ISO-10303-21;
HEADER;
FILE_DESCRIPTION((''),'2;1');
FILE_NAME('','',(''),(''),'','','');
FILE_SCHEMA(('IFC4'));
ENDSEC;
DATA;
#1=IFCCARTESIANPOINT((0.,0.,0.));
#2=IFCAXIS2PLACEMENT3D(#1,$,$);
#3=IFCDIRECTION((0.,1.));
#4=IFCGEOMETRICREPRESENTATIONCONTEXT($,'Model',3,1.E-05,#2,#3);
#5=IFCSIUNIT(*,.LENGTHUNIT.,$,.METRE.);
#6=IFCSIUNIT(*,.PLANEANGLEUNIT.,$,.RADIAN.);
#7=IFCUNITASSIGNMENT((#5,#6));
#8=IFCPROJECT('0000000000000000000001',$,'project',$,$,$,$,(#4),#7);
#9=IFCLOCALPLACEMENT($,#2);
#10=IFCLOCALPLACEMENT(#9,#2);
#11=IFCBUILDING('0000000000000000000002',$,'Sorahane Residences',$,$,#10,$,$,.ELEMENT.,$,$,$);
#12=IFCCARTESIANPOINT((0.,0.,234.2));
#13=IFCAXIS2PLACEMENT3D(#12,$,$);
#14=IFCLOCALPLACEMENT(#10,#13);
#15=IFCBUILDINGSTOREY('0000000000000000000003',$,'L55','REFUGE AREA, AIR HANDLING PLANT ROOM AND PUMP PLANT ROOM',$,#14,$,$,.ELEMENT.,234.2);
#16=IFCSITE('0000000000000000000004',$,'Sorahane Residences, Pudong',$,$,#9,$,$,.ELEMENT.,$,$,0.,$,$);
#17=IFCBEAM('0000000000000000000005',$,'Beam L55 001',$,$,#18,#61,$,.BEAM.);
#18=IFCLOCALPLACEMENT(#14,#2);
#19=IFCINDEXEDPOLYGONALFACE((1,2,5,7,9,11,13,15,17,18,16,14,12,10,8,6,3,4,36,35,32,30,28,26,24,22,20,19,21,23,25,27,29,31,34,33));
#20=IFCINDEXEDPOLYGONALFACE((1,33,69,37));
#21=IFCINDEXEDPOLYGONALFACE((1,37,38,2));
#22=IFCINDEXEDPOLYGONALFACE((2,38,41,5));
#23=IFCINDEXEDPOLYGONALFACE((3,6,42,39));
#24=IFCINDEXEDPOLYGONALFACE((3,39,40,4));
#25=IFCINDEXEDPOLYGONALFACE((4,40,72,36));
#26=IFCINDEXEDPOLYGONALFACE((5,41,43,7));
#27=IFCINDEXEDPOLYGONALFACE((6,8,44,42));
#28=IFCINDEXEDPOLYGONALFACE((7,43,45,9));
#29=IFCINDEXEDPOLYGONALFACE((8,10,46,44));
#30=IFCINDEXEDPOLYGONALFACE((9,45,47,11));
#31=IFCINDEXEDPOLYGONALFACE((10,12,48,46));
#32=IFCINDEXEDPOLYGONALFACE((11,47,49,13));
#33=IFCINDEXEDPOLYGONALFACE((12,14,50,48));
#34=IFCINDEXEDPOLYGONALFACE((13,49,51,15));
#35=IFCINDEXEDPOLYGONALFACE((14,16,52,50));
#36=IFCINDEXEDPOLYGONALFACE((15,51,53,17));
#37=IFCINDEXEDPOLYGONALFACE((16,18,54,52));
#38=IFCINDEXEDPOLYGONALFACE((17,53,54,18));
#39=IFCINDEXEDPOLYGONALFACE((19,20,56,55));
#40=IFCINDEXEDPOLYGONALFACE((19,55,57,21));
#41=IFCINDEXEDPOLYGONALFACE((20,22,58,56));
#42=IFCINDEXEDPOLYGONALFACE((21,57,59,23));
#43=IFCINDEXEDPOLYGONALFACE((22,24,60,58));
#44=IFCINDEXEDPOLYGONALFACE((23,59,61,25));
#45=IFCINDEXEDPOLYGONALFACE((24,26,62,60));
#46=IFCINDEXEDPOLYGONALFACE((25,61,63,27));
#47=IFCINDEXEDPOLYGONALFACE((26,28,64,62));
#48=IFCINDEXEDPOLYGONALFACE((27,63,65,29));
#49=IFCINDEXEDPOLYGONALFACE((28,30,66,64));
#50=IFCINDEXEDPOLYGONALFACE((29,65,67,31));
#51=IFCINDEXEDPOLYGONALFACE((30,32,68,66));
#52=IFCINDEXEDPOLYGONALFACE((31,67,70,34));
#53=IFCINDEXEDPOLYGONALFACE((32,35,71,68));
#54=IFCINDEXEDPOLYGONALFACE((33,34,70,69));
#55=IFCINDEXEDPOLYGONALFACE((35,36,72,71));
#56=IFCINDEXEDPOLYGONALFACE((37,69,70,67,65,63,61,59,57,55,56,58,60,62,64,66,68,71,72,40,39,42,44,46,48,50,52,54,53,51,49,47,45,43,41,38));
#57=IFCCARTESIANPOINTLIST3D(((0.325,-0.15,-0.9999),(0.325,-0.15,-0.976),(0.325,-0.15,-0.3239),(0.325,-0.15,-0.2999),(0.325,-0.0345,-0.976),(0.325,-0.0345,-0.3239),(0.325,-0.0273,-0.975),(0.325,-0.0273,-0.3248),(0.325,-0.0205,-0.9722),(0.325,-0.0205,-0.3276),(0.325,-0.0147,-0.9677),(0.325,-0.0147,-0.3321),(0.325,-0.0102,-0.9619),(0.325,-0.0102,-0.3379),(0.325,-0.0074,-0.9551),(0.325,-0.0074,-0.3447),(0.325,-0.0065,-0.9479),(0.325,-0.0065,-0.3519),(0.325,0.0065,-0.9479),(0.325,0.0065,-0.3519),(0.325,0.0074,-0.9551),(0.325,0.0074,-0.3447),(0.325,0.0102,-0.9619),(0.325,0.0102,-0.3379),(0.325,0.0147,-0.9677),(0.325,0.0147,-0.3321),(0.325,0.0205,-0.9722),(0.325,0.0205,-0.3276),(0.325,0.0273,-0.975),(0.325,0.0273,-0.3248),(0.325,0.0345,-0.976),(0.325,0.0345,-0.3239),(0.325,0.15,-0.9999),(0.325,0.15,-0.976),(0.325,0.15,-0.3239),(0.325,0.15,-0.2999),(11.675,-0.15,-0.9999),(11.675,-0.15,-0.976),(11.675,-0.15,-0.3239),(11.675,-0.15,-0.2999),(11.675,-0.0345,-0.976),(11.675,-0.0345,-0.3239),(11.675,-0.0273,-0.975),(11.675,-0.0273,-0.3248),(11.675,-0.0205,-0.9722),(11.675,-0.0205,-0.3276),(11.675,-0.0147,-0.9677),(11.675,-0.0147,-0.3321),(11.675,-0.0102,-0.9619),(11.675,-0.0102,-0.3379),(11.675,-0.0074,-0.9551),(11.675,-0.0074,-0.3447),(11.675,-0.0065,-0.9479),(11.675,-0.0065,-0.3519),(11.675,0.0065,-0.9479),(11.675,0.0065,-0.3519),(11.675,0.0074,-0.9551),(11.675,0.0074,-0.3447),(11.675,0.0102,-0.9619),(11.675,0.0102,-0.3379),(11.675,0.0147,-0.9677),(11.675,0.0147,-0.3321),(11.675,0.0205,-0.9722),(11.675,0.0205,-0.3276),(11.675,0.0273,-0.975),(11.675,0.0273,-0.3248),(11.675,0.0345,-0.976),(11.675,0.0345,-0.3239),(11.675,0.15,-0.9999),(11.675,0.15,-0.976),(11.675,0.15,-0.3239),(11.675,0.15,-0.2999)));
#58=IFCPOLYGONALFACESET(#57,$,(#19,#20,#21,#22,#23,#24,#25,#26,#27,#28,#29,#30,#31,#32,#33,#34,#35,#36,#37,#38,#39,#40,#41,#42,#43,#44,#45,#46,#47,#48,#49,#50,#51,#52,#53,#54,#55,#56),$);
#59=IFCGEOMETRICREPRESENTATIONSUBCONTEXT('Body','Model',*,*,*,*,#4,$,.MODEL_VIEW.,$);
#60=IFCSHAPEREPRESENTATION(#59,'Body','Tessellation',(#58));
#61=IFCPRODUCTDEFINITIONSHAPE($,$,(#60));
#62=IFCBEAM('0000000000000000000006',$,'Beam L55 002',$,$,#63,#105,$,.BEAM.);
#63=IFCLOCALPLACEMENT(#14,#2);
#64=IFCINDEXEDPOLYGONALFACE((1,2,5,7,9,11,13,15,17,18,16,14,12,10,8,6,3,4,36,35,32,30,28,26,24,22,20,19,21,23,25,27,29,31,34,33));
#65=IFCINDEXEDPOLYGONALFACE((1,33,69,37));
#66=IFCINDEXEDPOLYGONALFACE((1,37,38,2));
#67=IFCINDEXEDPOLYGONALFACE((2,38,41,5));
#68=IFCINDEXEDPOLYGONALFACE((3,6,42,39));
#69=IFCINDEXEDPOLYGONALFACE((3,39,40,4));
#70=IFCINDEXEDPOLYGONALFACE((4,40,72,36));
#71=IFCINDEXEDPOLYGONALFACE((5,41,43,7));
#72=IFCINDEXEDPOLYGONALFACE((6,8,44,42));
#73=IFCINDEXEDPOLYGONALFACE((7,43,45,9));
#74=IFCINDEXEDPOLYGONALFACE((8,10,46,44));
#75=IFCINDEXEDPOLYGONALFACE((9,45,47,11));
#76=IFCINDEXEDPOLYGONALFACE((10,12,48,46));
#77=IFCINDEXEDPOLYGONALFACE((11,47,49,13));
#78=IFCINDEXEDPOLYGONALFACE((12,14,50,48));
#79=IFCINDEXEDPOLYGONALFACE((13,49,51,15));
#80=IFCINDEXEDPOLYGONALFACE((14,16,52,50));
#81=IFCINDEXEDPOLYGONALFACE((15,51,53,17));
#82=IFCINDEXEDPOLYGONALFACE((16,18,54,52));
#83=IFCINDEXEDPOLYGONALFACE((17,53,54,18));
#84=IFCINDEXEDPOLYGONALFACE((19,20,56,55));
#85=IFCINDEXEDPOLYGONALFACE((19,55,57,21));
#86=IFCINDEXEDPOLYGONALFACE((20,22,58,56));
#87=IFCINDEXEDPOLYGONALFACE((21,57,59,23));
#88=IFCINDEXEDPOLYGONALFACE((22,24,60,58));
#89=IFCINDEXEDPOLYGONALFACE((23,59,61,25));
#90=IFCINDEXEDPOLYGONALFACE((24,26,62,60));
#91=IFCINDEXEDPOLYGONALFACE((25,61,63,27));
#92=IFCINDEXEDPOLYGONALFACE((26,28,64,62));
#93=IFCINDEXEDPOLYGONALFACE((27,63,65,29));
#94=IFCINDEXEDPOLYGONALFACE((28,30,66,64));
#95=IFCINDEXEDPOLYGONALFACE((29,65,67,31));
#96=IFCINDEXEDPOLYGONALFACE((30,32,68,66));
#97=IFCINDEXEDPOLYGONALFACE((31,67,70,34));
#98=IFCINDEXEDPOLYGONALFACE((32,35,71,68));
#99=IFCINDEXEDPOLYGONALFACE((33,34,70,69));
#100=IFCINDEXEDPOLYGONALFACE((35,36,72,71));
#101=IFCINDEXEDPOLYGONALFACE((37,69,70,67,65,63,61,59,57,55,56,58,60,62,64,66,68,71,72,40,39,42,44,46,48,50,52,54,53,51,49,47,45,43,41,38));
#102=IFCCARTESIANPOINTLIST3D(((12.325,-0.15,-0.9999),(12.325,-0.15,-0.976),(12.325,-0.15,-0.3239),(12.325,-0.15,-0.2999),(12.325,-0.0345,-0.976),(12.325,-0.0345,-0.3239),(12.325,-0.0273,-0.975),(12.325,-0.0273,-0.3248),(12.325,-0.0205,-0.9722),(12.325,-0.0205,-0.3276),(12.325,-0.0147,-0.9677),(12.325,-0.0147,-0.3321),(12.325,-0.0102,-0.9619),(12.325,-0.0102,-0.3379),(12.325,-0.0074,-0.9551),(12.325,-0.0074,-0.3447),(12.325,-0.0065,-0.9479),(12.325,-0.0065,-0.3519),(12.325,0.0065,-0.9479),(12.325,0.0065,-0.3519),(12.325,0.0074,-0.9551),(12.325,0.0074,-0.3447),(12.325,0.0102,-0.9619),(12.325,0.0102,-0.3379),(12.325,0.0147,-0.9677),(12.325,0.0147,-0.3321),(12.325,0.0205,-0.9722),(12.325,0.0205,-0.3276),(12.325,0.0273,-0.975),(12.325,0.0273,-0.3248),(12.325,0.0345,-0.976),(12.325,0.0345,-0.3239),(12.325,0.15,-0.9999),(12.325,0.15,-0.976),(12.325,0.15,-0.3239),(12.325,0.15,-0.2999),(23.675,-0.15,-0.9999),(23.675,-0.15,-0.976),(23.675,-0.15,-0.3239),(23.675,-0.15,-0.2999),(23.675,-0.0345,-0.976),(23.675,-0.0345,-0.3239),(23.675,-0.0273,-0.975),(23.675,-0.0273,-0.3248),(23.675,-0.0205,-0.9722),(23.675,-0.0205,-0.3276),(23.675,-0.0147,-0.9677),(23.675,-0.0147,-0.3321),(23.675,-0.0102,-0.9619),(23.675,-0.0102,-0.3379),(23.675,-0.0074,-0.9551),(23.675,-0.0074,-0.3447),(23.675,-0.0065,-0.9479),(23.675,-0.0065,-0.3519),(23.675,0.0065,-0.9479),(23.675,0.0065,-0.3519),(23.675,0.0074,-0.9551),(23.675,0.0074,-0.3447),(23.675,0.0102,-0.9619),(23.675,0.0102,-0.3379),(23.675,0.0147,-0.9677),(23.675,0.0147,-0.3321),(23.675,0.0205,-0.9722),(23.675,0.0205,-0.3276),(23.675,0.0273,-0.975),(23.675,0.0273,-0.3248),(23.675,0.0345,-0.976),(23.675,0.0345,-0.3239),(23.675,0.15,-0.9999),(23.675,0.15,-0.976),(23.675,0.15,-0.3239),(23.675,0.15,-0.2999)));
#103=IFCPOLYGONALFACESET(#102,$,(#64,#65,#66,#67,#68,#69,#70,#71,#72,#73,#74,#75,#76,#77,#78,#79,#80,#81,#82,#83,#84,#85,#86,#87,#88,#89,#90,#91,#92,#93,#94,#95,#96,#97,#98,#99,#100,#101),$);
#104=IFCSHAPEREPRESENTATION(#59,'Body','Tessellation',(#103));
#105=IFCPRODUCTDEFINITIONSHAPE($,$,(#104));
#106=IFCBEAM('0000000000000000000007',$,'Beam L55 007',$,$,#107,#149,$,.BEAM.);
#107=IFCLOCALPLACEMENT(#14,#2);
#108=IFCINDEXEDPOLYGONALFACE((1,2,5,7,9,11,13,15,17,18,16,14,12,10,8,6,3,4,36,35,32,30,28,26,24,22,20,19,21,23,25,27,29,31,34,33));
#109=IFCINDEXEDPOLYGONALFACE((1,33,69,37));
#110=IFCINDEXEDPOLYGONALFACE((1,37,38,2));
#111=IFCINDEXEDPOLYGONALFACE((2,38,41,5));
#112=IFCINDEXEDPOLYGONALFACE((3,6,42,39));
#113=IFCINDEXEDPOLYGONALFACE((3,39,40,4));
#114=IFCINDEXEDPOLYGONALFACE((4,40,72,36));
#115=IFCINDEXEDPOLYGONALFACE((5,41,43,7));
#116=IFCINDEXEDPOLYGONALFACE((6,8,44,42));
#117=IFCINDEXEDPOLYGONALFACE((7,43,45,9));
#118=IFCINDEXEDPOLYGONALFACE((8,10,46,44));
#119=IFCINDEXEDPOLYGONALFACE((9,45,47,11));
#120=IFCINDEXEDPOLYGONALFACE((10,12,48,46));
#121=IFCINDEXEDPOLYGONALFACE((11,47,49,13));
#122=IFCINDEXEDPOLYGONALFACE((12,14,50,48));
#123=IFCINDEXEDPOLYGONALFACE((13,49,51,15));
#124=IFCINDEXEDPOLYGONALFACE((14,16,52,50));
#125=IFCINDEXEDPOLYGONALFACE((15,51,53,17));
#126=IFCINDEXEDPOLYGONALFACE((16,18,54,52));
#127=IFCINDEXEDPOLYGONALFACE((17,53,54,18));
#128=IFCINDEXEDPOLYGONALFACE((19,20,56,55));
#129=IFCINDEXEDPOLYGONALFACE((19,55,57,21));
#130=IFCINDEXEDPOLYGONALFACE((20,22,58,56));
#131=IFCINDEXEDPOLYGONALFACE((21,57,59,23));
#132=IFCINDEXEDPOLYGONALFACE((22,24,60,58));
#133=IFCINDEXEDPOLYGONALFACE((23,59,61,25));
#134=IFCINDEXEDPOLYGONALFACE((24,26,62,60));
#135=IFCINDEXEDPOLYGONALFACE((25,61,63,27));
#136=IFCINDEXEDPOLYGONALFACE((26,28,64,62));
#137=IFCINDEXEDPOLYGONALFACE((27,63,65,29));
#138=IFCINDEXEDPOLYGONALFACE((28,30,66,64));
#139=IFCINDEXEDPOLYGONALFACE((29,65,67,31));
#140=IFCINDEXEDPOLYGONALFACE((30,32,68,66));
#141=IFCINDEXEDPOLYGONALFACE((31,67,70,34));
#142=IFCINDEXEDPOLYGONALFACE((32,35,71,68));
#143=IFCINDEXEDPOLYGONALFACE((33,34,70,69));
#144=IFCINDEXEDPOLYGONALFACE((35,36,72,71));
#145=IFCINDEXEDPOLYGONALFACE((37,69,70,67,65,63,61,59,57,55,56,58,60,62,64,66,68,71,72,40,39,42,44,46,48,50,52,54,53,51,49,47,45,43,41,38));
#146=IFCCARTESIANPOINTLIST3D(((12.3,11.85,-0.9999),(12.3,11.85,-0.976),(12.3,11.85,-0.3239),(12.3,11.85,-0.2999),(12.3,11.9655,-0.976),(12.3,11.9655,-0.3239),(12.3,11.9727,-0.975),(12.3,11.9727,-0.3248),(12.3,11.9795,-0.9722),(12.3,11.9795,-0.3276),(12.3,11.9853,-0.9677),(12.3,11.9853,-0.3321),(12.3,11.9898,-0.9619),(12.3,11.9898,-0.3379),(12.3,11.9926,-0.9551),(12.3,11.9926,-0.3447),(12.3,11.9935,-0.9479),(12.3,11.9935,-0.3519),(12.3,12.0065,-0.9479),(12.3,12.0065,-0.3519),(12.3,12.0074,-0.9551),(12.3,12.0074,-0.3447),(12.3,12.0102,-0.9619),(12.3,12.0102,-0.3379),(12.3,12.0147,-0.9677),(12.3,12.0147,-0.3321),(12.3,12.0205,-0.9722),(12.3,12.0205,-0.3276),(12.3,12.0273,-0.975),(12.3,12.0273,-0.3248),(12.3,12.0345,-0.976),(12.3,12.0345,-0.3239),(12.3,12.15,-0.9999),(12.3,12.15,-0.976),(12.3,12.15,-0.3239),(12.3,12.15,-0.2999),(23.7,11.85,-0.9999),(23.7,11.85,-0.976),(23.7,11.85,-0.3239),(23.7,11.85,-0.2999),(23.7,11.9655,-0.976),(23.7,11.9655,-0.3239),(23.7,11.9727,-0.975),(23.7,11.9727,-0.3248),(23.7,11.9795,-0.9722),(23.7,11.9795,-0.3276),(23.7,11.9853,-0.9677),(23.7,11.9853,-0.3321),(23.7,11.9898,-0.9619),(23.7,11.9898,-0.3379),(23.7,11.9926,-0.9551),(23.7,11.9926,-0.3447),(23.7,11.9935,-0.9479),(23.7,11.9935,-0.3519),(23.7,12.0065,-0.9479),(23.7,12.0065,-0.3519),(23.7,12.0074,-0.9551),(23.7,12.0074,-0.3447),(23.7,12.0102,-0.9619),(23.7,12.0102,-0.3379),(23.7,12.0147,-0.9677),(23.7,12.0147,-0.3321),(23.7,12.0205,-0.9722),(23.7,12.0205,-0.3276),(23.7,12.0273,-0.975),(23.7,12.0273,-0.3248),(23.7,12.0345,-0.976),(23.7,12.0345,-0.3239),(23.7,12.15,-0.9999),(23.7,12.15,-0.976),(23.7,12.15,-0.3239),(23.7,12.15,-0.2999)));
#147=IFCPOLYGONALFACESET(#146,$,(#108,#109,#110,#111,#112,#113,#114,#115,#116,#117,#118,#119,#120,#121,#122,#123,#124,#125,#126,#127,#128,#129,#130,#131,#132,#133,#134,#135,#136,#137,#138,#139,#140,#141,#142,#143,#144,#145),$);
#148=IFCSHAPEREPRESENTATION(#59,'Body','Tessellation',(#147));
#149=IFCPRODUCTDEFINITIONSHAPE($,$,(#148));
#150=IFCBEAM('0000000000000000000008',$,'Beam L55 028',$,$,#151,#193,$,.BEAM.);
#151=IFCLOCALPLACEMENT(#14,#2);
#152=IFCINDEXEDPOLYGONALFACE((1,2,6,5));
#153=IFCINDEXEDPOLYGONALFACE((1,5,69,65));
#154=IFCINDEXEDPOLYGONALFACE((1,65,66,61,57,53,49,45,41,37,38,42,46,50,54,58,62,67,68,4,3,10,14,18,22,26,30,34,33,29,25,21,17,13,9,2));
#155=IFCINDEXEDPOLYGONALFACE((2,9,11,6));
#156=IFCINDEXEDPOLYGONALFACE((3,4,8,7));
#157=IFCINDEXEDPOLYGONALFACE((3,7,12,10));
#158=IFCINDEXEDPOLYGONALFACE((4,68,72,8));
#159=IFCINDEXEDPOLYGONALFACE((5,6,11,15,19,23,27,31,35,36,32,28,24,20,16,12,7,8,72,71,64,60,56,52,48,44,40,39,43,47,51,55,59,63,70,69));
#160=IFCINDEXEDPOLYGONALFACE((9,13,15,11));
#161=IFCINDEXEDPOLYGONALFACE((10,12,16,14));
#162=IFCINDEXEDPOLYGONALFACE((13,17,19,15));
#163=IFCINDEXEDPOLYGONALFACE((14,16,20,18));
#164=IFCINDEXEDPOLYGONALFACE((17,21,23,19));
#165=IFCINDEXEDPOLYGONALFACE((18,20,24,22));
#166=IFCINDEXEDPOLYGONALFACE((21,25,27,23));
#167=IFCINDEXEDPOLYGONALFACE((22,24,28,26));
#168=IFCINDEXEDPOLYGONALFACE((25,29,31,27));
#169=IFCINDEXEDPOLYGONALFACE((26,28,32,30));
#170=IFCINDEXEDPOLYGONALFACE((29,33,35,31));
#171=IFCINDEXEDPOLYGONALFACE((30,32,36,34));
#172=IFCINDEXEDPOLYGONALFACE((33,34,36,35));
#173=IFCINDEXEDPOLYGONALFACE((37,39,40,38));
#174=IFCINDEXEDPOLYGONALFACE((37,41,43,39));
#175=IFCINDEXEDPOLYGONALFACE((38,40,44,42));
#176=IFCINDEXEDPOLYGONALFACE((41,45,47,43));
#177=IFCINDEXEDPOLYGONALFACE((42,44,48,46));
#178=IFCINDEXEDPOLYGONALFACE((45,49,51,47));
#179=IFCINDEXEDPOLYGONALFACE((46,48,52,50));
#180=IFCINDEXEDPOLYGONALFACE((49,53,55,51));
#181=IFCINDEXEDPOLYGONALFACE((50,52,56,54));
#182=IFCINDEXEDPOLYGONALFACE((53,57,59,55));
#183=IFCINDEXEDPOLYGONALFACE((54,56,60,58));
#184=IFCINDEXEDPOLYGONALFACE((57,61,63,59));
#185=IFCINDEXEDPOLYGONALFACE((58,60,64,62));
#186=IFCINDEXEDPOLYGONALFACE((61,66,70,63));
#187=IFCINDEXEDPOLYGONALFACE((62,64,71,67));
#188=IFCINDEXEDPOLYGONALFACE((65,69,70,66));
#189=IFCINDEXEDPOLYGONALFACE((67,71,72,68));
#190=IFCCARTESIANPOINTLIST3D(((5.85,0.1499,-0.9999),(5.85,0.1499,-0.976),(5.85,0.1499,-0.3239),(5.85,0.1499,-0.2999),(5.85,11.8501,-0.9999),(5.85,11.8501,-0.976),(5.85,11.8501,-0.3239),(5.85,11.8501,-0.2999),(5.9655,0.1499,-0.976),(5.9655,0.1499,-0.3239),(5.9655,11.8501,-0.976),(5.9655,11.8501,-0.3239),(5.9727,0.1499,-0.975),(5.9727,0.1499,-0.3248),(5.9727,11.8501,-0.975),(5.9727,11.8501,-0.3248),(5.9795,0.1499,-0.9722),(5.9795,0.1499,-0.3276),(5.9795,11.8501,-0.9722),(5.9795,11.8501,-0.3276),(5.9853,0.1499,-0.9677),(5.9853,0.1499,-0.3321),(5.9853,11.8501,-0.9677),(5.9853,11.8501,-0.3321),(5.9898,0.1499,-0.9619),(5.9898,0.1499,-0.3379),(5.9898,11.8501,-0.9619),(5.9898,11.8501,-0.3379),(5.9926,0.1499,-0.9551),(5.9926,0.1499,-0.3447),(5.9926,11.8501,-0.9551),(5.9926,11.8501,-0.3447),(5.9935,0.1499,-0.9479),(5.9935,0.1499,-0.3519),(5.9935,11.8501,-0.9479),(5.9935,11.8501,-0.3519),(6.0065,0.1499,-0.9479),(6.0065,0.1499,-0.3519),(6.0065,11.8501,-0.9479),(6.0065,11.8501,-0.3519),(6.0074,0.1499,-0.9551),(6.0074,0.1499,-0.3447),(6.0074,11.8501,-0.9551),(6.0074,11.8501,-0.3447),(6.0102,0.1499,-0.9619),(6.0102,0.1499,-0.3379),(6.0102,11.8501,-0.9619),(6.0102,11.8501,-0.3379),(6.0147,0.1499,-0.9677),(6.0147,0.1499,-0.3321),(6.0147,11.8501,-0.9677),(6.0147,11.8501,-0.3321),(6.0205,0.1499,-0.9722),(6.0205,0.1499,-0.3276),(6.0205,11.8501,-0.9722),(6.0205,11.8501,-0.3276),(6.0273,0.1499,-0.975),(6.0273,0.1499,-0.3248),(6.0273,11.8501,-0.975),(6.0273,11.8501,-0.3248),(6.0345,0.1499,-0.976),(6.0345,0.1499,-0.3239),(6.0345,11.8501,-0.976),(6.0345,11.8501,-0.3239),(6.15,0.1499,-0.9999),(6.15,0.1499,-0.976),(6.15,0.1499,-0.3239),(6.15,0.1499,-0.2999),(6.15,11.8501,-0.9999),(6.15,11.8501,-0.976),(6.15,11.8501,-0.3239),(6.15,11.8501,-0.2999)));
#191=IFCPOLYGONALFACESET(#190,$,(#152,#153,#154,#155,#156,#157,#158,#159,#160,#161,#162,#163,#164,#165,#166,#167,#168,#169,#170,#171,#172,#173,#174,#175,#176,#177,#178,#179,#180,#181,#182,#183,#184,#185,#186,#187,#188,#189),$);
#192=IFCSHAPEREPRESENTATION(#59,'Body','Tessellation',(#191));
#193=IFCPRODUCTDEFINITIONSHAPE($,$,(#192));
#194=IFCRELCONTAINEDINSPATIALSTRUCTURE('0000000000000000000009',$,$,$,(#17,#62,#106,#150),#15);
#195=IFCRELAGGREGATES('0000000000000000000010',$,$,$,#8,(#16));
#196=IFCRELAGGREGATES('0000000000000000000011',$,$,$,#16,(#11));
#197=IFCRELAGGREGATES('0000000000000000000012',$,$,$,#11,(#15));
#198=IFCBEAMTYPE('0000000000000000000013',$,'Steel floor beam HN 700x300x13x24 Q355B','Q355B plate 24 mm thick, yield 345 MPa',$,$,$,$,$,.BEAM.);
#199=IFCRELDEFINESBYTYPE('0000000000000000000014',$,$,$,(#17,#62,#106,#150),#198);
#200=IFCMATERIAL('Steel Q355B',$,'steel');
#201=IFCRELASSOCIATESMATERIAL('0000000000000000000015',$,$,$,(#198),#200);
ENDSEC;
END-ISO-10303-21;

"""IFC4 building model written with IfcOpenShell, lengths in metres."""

from ifc_helpers import new_model, si_unit, direction, frame, origin, origin_2d, place, context, subcontext, project, spatial, i_section, extrude, material, material_profile, profile_set, type_object, element, save


model = new_model("IFC4")

# Units and contexts
model_context = context("Model", 3, precision=1e-05, world=origin(), true_north=direction((0.0, 1.0)))
body_context = subcontext(model_context, "Body", "Model", "MODEL_VIEW")
ifc_project = project(units=[si_unit("LENGTHUNIT", "METRE"), si_unit("PLANEANGLEUNIT", "RADIAN")], contexts=[model_context])

# Site, building, storey
site_placement = place(None, origin())
site = spatial("IfcSite", under=ifc_project, at=site_placement, Name="Sorahane Residences, Pudong", CompositionType="ELEMENT", RefElevation=0.0)
building_placement = place(site_placement, origin())
building = spatial("IfcBuilding", under=site, at=building_placement, Name="Sorahane Residences", CompositionType="ELEMENT")
storey_placement = place(building_placement, frame((0.0, 0.0, 234.2)))
storey = spatial("IfcBuildingStorey", under=building, at=storey_placement, Name="L55", Description="REFUGE AREA, AIR HANDLING PLANT ROOM AND PUMP PLANT ROOM", CompositionType="ELEMENT", Elevation=234.2)

# Beams
ifc_material_1 = material(Name="Steel Q355B", Category="steel")
ifc_material_profile_1 = material_profile(ifc_material_1, i_section(OverallWidth=0.3, OverallDepth=0.7, WebThickness=0.0129, FlangeThickness=0.0239, FilletRadius=0.0281, at=origin_2d()), Name="HN 700x300x13x24")
ifc_profile_set_1 = profile_set([ifc_material_profile_1], Name="Steel Q355B")
beam_type_1 = type_object("IfcBeamType", Name="Steel floor beam HN 700x300x13x24 Q355B", Description="Q355B plate 24 mm thick, yield 345 MPa", PredefinedType="BEAM", material=ifc_profile_set_1)
for number, where, z_axis, x_axis, name in (
    (1, (0.325, 0.0, -0.6499), (1.0, 0.0, 0.0), (0.0, 1.0, 0.0), "Beam L55 001"),
    (2, (12.325, 0.0, -0.6499), (1.0, 0.0, 0.0), (0.0, 1.0, 0.0), "Beam L55 002"),
):
    element("IfcBeam", number, at=place(storey_placement, frame(where, z_axis=z_axis, x_axis=x_axis)), inside=storey, type_object=beam_type_1, Name=name, PredefinedType="BEAM", context=body_context, shape_type="SweptSolid", body=[
        extrude(i_section(OverallWidth=0.3, OverallDepth=0.7, WebThickness=0.0129, FlangeThickness=0.0239, FilletRadius=0.0281, at=origin_2d()), origin(), (0.0, 0.0, 1.0), 11.3501),
    ])
beam_1_placement = place(storey_placement, frame((12.3, 12.0, -0.6499), z_axis=(1.0, 0.0, 0.0), x_axis=(0.0, 1.0, 0.0)))
element("IfcBeam", 3, at=beam_1_placement, inside=storey, type_object=beam_type_1, Name="Beam L55 007", PredefinedType="BEAM", context=body_context, shape_type="SweptSolid", body=[
    extrude(i_section(OverallWidth=0.3, OverallDepth=0.7, WebThickness=0.0129, FlangeThickness=0.0239, FilletRadius=0.0281, at=origin_2d()), origin(), (0.0, 0.0, 1.0), 11.3999),
])
beam_2_placement = place(storey_placement, frame((6.0, 0.1499, -0.6499), z_axis=(0.0, 1.0, 0.0), x_axis=(-1.0, 0.0, 0.0)))
element("IfcBeam", 4, at=beam_2_placement, inside=storey, type_object=beam_type_1, Name="Beam L55 028", PredefinedType="BEAM", context=body_context, shape_type="SweptSolid", body=[
    extrude(i_section(OverallWidth=0.3, OverallDepth=0.7, WebThickness=0.0129, FlangeThickness=0.0239, FilletRadius=0.0281, at=origin_2d()), origin(), (0.0, 0.0, 1.0), 11.7002),
])

save(model, "model.ifc")
